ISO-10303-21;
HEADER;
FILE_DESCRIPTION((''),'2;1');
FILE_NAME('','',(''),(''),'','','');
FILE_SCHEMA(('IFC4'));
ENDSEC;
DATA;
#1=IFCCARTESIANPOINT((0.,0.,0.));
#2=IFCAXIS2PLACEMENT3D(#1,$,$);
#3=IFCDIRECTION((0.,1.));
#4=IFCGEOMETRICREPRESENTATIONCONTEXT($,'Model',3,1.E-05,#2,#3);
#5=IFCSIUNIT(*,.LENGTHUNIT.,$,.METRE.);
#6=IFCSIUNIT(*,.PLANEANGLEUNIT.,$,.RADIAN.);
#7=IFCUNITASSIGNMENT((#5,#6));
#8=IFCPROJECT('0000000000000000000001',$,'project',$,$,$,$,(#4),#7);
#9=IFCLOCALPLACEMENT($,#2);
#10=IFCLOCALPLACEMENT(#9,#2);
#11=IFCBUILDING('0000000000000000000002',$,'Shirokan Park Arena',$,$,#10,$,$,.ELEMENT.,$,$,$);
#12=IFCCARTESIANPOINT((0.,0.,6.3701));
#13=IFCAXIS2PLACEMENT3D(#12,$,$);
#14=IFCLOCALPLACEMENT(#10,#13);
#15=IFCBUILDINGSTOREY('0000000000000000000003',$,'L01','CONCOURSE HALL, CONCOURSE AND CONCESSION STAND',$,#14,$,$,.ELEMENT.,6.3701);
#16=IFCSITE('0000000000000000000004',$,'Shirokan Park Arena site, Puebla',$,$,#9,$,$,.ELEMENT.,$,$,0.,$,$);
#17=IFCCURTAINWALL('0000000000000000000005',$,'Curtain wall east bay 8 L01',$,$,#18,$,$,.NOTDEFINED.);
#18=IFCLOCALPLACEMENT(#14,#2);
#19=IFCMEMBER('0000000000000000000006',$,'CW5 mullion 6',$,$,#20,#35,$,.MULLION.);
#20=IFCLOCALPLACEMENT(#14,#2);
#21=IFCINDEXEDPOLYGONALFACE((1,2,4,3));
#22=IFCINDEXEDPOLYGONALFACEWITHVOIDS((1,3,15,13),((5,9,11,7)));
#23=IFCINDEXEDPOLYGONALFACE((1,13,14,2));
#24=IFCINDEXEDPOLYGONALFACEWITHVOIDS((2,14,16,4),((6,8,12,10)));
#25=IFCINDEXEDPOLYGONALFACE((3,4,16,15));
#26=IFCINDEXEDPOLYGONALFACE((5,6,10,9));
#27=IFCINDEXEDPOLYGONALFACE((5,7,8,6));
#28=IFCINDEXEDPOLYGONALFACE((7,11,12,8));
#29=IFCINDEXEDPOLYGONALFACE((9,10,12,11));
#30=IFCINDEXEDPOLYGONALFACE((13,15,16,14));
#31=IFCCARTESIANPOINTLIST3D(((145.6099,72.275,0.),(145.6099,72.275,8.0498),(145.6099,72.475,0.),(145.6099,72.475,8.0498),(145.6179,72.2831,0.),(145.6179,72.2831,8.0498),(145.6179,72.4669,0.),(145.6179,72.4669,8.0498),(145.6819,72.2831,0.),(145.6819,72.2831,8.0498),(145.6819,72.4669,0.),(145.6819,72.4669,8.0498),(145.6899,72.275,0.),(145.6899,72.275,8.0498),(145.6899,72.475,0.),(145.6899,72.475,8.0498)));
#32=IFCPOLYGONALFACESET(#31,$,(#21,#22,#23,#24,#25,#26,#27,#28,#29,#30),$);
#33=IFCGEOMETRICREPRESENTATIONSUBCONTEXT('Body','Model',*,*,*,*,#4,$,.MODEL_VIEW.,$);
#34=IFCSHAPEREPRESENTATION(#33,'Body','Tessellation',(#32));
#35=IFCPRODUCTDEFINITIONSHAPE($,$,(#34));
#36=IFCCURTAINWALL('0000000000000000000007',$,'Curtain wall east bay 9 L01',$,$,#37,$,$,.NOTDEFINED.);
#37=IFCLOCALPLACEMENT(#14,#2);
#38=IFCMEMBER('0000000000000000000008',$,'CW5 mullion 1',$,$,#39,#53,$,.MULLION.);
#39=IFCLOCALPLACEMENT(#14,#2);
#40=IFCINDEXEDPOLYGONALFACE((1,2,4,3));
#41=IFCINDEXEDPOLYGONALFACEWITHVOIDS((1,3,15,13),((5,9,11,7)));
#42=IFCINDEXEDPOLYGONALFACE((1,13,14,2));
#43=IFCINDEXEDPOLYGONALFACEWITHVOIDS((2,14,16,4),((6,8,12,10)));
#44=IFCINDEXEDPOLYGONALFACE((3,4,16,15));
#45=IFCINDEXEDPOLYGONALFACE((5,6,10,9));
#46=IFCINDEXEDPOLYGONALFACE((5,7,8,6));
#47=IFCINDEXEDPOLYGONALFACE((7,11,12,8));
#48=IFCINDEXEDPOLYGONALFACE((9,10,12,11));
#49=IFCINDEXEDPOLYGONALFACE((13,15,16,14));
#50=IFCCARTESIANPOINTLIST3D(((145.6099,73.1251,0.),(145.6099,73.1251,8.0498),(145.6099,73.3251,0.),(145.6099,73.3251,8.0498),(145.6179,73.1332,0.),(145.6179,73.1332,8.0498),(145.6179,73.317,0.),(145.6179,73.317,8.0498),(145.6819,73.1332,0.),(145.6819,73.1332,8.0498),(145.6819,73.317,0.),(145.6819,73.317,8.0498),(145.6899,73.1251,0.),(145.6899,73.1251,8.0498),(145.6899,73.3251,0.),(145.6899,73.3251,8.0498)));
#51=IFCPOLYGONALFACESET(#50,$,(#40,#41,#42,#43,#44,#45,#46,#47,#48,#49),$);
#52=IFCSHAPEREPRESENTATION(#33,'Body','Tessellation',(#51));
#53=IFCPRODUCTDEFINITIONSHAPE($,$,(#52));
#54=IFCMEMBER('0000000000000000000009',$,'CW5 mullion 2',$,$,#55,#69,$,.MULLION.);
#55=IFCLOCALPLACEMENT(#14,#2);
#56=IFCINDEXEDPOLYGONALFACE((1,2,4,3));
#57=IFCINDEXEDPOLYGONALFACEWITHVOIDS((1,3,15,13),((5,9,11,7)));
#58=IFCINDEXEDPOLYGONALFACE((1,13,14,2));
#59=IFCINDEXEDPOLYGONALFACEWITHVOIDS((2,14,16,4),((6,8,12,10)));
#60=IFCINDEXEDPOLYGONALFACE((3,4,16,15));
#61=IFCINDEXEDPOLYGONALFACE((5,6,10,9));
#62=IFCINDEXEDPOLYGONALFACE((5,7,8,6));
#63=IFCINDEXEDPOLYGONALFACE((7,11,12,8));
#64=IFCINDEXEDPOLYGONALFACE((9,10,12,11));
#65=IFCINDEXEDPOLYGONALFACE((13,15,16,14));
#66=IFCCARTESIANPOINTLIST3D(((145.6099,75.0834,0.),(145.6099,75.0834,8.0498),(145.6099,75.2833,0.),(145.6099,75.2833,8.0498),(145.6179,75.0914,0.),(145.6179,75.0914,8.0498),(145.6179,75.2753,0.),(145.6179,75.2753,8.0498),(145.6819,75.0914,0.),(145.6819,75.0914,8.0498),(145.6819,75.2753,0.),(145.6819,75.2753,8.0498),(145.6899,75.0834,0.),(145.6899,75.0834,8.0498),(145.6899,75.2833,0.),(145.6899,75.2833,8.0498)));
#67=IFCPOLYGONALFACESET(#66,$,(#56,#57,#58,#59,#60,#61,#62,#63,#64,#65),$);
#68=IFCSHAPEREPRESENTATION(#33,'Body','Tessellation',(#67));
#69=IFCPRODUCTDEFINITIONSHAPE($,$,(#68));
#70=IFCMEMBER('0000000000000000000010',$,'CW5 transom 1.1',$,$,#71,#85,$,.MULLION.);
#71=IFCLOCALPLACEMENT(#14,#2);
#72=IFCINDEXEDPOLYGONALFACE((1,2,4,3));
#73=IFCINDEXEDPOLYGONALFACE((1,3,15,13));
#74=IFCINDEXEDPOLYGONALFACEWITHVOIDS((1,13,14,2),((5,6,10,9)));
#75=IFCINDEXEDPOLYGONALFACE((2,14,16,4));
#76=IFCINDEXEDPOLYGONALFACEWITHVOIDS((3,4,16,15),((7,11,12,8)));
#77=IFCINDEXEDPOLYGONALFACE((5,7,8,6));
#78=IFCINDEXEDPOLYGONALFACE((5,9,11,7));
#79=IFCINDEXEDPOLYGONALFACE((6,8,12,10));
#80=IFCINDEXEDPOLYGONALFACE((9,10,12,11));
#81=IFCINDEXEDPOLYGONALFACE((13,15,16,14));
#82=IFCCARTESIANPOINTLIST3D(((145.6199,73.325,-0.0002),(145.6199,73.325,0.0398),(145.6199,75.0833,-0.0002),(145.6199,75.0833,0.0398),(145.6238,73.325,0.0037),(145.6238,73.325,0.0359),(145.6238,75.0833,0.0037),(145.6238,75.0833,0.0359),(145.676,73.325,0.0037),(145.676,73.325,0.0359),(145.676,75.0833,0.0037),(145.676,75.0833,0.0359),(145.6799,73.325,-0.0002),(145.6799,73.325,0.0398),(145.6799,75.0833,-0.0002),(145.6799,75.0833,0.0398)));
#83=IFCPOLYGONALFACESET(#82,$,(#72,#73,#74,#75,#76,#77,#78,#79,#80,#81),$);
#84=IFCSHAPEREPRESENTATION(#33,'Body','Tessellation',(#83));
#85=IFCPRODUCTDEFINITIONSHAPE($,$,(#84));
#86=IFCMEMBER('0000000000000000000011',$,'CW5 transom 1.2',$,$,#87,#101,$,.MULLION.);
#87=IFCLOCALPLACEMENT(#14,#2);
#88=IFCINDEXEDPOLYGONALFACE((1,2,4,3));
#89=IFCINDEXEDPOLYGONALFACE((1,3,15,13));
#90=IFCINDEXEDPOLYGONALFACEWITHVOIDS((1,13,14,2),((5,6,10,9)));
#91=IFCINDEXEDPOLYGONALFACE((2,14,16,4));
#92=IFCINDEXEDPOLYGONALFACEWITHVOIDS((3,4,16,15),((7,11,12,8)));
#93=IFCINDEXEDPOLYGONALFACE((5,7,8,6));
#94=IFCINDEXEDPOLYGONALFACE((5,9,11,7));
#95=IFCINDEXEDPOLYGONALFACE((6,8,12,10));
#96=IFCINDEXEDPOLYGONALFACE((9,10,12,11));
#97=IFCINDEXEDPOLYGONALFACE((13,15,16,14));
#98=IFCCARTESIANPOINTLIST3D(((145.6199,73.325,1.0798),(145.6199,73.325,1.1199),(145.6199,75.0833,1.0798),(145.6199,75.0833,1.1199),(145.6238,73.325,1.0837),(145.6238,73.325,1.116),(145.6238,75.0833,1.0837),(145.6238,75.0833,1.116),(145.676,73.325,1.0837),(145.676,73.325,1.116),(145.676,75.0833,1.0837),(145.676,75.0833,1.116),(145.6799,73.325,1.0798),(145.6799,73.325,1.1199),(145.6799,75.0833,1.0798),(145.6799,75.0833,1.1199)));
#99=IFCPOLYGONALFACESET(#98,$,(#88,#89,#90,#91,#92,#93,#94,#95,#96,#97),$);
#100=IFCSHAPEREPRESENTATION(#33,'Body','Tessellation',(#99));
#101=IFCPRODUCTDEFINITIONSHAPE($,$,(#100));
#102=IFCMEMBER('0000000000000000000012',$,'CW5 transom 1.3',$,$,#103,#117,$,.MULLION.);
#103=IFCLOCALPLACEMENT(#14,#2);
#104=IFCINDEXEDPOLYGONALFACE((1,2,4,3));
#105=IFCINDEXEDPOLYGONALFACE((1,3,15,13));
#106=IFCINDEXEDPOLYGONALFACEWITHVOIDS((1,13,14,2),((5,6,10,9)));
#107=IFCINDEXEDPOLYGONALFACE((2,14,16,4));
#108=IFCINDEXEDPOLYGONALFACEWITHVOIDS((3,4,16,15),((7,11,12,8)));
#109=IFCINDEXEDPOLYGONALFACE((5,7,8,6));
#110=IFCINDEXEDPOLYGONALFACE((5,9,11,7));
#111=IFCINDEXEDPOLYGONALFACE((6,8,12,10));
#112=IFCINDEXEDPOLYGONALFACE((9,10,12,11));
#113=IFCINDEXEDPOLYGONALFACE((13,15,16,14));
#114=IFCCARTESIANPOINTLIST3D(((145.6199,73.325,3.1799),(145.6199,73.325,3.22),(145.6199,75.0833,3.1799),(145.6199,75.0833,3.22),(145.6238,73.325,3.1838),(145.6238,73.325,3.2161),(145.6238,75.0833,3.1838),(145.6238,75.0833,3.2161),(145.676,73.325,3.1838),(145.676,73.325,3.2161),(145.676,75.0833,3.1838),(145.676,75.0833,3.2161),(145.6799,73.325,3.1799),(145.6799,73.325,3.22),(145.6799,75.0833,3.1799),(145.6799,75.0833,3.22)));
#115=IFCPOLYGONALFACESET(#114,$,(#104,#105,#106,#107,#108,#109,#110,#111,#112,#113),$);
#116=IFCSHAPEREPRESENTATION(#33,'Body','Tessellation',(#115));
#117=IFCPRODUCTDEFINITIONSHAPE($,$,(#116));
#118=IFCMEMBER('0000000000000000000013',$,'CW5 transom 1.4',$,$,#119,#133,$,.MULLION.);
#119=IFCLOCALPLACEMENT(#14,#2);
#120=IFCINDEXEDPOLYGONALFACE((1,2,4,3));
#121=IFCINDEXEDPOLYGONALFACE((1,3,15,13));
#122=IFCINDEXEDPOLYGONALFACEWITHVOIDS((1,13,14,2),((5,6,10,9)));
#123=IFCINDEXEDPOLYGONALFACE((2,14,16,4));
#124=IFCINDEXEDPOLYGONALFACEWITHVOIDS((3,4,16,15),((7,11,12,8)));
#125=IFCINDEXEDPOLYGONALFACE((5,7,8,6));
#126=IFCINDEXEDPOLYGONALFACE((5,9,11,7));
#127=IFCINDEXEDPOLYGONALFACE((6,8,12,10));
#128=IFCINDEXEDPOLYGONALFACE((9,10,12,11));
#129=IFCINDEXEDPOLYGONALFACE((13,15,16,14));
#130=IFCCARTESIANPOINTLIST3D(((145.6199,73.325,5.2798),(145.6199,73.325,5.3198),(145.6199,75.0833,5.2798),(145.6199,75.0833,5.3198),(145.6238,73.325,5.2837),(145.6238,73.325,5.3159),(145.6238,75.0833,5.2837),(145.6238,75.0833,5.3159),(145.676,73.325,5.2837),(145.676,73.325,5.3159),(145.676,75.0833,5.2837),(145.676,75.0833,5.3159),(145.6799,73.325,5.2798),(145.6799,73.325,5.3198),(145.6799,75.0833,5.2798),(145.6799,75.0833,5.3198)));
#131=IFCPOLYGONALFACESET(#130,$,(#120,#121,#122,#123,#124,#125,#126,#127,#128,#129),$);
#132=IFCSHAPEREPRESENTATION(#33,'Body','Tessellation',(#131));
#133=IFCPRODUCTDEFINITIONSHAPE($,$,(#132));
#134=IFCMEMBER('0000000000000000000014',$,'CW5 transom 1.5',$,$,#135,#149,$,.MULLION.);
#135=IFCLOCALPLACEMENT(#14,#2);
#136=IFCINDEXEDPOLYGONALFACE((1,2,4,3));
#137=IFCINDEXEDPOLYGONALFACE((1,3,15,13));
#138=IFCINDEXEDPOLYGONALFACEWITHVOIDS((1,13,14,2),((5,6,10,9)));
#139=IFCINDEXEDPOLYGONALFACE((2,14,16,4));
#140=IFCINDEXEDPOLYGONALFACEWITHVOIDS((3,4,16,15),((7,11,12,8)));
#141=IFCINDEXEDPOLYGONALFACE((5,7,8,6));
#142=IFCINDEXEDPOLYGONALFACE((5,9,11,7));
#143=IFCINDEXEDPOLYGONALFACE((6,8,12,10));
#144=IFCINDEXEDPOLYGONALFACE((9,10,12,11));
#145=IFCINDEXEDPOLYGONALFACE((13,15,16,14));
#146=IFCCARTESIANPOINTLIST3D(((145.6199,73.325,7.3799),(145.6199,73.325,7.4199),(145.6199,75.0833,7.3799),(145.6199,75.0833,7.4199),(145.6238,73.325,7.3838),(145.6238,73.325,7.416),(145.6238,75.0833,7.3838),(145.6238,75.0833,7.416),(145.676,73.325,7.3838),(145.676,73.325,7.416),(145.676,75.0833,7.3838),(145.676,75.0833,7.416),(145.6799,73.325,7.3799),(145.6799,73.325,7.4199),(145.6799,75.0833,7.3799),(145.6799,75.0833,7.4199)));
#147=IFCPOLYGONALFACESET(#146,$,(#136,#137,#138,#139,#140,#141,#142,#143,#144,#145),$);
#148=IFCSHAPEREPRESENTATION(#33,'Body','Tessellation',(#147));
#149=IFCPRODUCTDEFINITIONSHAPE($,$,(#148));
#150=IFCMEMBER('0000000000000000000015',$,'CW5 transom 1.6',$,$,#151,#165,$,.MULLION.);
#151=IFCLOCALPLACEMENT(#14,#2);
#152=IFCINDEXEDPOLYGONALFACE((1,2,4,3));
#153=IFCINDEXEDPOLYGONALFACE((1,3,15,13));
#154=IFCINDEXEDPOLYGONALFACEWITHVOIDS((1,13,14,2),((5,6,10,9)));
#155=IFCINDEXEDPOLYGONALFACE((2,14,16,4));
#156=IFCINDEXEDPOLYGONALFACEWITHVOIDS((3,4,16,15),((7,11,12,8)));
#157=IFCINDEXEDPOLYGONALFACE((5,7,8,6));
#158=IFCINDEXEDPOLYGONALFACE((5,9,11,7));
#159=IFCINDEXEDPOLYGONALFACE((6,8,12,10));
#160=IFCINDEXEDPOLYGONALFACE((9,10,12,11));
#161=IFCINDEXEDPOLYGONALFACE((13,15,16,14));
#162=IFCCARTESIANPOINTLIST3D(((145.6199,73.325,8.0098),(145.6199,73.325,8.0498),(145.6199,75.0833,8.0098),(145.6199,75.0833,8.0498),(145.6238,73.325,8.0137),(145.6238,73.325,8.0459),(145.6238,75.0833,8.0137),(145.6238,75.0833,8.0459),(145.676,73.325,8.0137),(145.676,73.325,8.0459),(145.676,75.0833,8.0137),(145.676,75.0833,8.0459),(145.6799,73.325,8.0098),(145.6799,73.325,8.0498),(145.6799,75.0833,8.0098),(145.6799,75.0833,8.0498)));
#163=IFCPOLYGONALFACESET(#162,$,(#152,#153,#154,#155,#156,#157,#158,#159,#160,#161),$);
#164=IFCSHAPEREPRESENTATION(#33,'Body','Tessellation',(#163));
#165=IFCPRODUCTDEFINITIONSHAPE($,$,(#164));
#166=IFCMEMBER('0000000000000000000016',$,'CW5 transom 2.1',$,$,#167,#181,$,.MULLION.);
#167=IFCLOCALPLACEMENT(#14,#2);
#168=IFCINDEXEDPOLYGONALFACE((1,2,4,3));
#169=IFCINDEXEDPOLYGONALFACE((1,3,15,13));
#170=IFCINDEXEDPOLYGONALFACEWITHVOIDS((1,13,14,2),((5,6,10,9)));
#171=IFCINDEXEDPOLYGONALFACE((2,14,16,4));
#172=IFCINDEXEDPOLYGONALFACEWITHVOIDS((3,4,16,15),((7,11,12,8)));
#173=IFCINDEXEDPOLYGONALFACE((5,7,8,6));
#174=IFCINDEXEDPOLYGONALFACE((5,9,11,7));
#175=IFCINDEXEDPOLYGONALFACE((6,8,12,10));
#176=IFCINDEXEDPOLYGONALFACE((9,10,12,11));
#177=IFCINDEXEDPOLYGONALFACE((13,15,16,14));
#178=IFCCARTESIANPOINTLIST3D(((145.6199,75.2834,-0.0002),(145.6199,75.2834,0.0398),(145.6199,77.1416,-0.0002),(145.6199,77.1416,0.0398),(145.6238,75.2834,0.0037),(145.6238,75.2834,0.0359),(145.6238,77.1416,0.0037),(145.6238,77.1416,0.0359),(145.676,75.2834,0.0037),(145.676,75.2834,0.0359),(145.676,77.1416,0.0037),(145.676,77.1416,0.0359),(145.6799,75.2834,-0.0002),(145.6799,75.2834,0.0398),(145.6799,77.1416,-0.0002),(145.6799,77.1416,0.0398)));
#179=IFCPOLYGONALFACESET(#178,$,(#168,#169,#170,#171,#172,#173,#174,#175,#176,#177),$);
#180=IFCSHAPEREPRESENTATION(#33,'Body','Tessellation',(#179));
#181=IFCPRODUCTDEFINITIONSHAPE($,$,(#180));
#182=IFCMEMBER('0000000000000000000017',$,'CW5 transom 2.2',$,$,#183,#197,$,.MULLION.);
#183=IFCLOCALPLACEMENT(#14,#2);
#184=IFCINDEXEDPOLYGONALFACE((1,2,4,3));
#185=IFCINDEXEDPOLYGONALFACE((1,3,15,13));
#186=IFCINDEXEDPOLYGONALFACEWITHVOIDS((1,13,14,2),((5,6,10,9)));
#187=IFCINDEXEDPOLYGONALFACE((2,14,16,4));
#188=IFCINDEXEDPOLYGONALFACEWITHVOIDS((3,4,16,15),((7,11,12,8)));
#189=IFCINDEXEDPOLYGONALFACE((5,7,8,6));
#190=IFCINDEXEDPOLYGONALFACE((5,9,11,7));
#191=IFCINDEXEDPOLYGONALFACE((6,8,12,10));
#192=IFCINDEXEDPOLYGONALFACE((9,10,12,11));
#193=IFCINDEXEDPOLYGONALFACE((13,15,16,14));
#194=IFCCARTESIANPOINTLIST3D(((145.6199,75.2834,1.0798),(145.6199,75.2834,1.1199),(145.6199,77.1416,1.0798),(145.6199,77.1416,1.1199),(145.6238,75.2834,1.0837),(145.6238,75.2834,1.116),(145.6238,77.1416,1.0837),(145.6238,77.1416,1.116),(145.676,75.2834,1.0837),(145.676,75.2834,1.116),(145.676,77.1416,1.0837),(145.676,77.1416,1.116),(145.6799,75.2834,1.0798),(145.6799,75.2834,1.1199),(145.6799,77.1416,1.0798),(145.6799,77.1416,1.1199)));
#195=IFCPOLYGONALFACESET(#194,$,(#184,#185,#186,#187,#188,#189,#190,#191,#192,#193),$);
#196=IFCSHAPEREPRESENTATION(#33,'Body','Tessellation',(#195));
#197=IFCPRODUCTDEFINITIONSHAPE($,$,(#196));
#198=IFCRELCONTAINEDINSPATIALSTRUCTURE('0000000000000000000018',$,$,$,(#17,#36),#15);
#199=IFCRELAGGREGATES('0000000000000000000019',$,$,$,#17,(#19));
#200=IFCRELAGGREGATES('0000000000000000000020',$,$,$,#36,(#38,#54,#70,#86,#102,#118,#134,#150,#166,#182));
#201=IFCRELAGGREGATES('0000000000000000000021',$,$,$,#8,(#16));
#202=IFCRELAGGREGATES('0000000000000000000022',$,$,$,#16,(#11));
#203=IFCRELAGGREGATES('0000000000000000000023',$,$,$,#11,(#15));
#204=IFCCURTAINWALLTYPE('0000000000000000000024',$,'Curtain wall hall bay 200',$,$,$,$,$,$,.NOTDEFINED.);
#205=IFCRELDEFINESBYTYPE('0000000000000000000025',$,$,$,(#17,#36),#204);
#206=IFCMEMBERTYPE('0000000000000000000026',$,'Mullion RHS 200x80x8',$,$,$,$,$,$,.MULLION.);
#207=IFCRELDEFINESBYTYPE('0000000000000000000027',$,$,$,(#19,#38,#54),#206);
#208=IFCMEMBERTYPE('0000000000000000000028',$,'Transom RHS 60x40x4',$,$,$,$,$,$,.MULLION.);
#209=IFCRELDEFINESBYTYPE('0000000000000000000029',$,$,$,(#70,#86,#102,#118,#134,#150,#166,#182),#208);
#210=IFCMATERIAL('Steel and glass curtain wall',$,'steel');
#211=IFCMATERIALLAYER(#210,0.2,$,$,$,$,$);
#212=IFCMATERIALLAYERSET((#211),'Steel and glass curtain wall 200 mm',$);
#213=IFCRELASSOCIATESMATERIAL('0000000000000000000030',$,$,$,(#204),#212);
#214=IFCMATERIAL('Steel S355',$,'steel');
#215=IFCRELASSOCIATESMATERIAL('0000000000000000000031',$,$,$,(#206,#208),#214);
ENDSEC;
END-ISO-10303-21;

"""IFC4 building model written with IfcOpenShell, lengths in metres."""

from ifc_helpers import new_model, si_unit, direction, frame, origin, origin_2d, place, context, subcontext, project, spatial, hollow_rectangle, extrude, material, layer, layer_set, material_profile, profile_set, type_object, element, aggregate, save


model = new_model("IFC4")

# Units and contexts
model_context = context("Model", 3, precision=1e-05, world=origin(), true_north=direction((0.0, 1.0)))
body_context = subcontext(model_context, "Body", "Model", "MODEL_VIEW")
ifc_project = project(units=[si_unit("LENGTHUNIT", "METRE"), si_unit("PLANEANGLEUNIT", "RADIAN")], contexts=[model_context])

# Site, building, storey
site_placement = place(None, origin())
site = spatial("IfcSite", under=ifc_project, at=site_placement, Name="Shirokan Park Arena site, Puebla", CompositionType="ELEMENT", RefElevation=0.0)
building_placement = place(site_placement, origin())
building = spatial("IfcBuilding", under=site, at=building_placement, Name="Shirokan Park Arena", CompositionType="ELEMENT")
storey_placement = place(building_placement, frame((0.0, 0.0, 6.3701)))
storey = spatial("IfcBuildingStorey", under=building, at=storey_placement, Name="L01", Description="CONCOURSE HALL, CONCOURSE AND CONCESSION STAND", CompositionType="ELEMENT", Elevation=6.3701)

# Curtain wall, member
ifc_material_1 = material(Name="Steel and glass curtain wall", Category="steel")
ifc_layer_1 = layer(ifc_material_1, 0.2)
ifc_layer_set_1 = layer_set([ifc_layer_1], Name="Steel and glass curtain wall 200 mm")
curtain_wall_type = type_object("IfcCurtainWallType", Name="Curtain wall hall bay 200", PredefinedType="NOTDEFINED", material=ifc_layer_set_1)
curtain_wall_1_placement = place(storey_placement, origin())
curtain_wall_1 = element("IfcCurtainWall", 1, at=curtain_wall_1_placement, inside=storey, type_object=curtain_wall_type, Name="Curtain wall east bay 8 L01", PredefinedType="NOTDEFINED")
ifc_material_2 = material(Name="Steel S355", Category="steel")
ifc_material_profile_1 = material_profile(ifc_material_2, hollow_rectangle(XDim=0.0801, YDim=0.2, WallThickness=0.0081, at=origin_2d()), Name="RHS 200x80x8")
ifc_profile_set_1 = profile_set([ifc_material_profile_1], Name="Steel S355")
member_type_1 = type_object("IfcMemberType", Name="Mullion RHS 200x80x8", PredefinedType="MULLION", material=ifc_profile_set_1)
member_1_placement = place(storey_placement, frame((145.6499, 72.375, 0.0), z_axis=(0.0, 0.0, 1.0), x_axis=(-1.0, 0.0, 0.0)))
member_1 = element("IfcMember", 2, at=member_1_placement, type_object=member_type_1, Name="CW5 mullion 6", PredefinedType="MULLION", context=body_context, shape_type="SweptSolid", body=[
    extrude(hollow_rectangle(XDim=0.0801, YDim=0.2, WallThickness=0.0081, at=origin_2d()), origin(), (0.0, 0.0, 1.0), 8.0498),
])

# Curtain wall, members
curtain_wall_2_placement = place(storey_placement, origin())
curtain_wall_2 = element("IfcCurtainWall", 3, at=curtain_wall_2_placement, inside=storey, type_object=curtain_wall_type, Name="Curtain wall east bay 9 L01", PredefinedType="NOTDEFINED")
member_2_placement = place(storey_placement, frame((145.6499, 73.2251, 0.0), z_axis=(0.0, 0.0, 1.0), x_axis=(-1.0, 0.0, 0.0)))
member_2 = element("IfcMember", 4, at=member_2_placement, type_object=member_type_1, Name="CW5 mullion 1", PredefinedType="MULLION", context=body_context, shape_type="SweptSolid", body=[
    extrude(hollow_rectangle(XDim=0.0801, YDim=0.2, WallThickness=0.0081, at=origin_2d()), origin(), (0.0, 0.0, 1.0), 8.0498),
])
member_3_placement = place(storey_placement, frame((145.6499, 75.1833, 0.0), z_axis=(0.0, 0.0, 1.0), x_axis=(-1.0, 0.0, 0.0)))
member_3 = element("IfcMember", 5, at=member_3_placement, type_object=member_type_1, Name="CW5 mullion 2", PredefinedType="MULLION", context=body_context, shape_type="SweptSolid", body=[
    extrude(hollow_rectangle(XDim=0.0801, YDim=0.2, WallThickness=0.0081, at=origin_2d()), origin(), (0.0, 0.0, 1.0), 8.0498),
])
ifc_material_profile_2 = material_profile(ifc_material_2, hollow_rectangle(XDim=0.0601, YDim=0.04, WallThickness=0.0039, at=origin_2d()), Name="RHS 60x40x4")
ifc_profile_set_2 = profile_set([ifc_material_profile_2], Name="Steel S355")
member_type_2 = type_object("IfcMemberType", Name="Transom RHS 60x40x4", PredefinedType="MULLION", material=ifc_profile_set_2)
member_4_placement = place(storey_placement, frame((145.6499, 73.325, 0.0198), z_axis=(0.0, 1.0, 0.0), x_axis=(-1.0, 0.0, 0.0)))
member_4 = element("IfcMember", 6, at=member_4_placement, type_object=member_type_2, Name="CW5 transom 1.1", PredefinedType="MULLION", context=body_context, shape_type="SweptSolid", body=[
    extrude(hollow_rectangle(XDim=0.0601, YDim=0.04, WallThickness=0.0039, at=origin_2d()), origin(), (0.0, 0.0, 1.0), 1.7583),
])
member_5_placement = place(storey_placement, frame((145.6499, 73.325, 1.0999), z_axis=(0.0, 1.0, 0.0), x_axis=(-1.0, 0.0, 0.0)))
member_5 = element("IfcMember", 7, at=member_5_placement, type_object=member_type_2, Name="CW5 transom 1.2", PredefinedType="MULLION", context=body_context, shape_type="SweptSolid", body=[
    extrude(hollow_rectangle(XDim=0.0601, YDim=0.04, WallThickness=0.0039, at=origin_2d()), origin(), (0.0, 0.0, 1.0), 1.7583),
])
member_6_placement = place(storey_placement, frame((145.6499, 73.325, 3.2), z_axis=(0.0, 1.0, 0.0), x_axis=(-1.0, 0.0, 0.0)))
member_6 = element("IfcMember", 8, at=member_6_placement, type_object=member_type_2, Name="CW5 transom 1.3", PredefinedType="MULLION", context=body_context, shape_type="SweptSolid", body=[
    extrude(hollow_rectangle(XDim=0.0601, YDim=0.04, WallThickness=0.0039, at=origin_2d()), origin(), (0.0, 0.0, 1.0), 1.7583),
])
member_7_placement = place(storey_placement, frame((145.6499, 73.325, 5.2998), z_axis=(0.0, 1.0, 0.0), x_axis=(-1.0, 0.0, 0.0)))
member_7 = element("IfcMember", 9, at=member_7_placement, type_object=member_type_2, Name="CW5 transom 1.4", PredefinedType="MULLION", context=body_context, shape_type="SweptSolid", body=[
    extrude(hollow_rectangle(XDim=0.0601, YDim=0.04, WallThickness=0.0039, at=origin_2d()), origin(), (0.0, 0.0, 1.0), 1.7583),
])
member_8_placement = place(storey_placement, frame((145.6499, 73.325, 7.3999), z_axis=(0.0, 1.0, 0.0), x_axis=(-1.0, 0.0, 0.0)))
member_8 = element("IfcMember", 10, at=member_8_placement, type_object=member_type_2, Name="CW5 transom 1.5", PredefinedType="MULLION", context=body_context, shape_type="SweptSolid", body=[
    extrude(hollow_rectangle(XDim=0.0601, YDim=0.04, WallThickness=0.0039, at=origin_2d()), origin(), (0.0, 0.0, 1.0), 1.7583),
])
member_9_placement = place(storey_placement, frame((145.6499, 73.325, 8.0298), z_axis=(0.0, 1.0, 0.0), x_axis=(-1.0, 0.0, 0.0)))
member_9 = element("IfcMember", 11, at=member_9_placement, type_object=member_type_2, Name="CW5 transom 1.6", PredefinedType="MULLION", context=body_context, shape_type="SweptSolid", body=[
    extrude(hollow_rectangle(XDim=0.0601, YDim=0.04, WallThickness=0.0039, at=origin_2d()), origin(), (0.0, 0.0, 1.0), 1.7583),
])
member_10_placement = place(storey_placement, frame((145.6499, 75.2834, 0.0198), z_axis=(0.0, 1.0, 0.0), x_axis=(-1.0, 0.0, 0.0)))
member_10 = element("IfcMember", 12, at=member_10_placement, type_object=member_type_2, Name="CW5 transom 2.1", PredefinedType="MULLION", context=body_context, shape_type="SweptSolid", body=[
    extrude(hollow_rectangle(XDim=0.0601, YDim=0.04, WallThickness=0.0039, at=origin_2d()), origin(), (0.0, 0.0, 1.0), 1.8582),
])
member_11_placement = place(storey_placement, frame((145.6499, 75.2834, 1.0999), z_axis=(0.0, 1.0, 0.0), x_axis=(-1.0, 0.0, 0.0)))
member_11 = element("IfcMember", 13, at=member_11_placement, type_object=member_type_2, Name="CW5 transom 2.2", PredefinedType="MULLION", context=body_context, shape_type="SweptSolid", body=[
    extrude(hollow_rectangle(XDim=0.0601, YDim=0.04, WallThickness=0.0039, at=origin_2d()), origin(), (0.0, 0.0, 1.0), 1.8582),
])

aggregate(curtain_wall_1, [member_1])
aggregate(curtain_wall_2, [member_2, member_3, member_4, member_5, member_6, member_7, member_8, member_9, member_10, member_11])

save(model, "model.ifc")
